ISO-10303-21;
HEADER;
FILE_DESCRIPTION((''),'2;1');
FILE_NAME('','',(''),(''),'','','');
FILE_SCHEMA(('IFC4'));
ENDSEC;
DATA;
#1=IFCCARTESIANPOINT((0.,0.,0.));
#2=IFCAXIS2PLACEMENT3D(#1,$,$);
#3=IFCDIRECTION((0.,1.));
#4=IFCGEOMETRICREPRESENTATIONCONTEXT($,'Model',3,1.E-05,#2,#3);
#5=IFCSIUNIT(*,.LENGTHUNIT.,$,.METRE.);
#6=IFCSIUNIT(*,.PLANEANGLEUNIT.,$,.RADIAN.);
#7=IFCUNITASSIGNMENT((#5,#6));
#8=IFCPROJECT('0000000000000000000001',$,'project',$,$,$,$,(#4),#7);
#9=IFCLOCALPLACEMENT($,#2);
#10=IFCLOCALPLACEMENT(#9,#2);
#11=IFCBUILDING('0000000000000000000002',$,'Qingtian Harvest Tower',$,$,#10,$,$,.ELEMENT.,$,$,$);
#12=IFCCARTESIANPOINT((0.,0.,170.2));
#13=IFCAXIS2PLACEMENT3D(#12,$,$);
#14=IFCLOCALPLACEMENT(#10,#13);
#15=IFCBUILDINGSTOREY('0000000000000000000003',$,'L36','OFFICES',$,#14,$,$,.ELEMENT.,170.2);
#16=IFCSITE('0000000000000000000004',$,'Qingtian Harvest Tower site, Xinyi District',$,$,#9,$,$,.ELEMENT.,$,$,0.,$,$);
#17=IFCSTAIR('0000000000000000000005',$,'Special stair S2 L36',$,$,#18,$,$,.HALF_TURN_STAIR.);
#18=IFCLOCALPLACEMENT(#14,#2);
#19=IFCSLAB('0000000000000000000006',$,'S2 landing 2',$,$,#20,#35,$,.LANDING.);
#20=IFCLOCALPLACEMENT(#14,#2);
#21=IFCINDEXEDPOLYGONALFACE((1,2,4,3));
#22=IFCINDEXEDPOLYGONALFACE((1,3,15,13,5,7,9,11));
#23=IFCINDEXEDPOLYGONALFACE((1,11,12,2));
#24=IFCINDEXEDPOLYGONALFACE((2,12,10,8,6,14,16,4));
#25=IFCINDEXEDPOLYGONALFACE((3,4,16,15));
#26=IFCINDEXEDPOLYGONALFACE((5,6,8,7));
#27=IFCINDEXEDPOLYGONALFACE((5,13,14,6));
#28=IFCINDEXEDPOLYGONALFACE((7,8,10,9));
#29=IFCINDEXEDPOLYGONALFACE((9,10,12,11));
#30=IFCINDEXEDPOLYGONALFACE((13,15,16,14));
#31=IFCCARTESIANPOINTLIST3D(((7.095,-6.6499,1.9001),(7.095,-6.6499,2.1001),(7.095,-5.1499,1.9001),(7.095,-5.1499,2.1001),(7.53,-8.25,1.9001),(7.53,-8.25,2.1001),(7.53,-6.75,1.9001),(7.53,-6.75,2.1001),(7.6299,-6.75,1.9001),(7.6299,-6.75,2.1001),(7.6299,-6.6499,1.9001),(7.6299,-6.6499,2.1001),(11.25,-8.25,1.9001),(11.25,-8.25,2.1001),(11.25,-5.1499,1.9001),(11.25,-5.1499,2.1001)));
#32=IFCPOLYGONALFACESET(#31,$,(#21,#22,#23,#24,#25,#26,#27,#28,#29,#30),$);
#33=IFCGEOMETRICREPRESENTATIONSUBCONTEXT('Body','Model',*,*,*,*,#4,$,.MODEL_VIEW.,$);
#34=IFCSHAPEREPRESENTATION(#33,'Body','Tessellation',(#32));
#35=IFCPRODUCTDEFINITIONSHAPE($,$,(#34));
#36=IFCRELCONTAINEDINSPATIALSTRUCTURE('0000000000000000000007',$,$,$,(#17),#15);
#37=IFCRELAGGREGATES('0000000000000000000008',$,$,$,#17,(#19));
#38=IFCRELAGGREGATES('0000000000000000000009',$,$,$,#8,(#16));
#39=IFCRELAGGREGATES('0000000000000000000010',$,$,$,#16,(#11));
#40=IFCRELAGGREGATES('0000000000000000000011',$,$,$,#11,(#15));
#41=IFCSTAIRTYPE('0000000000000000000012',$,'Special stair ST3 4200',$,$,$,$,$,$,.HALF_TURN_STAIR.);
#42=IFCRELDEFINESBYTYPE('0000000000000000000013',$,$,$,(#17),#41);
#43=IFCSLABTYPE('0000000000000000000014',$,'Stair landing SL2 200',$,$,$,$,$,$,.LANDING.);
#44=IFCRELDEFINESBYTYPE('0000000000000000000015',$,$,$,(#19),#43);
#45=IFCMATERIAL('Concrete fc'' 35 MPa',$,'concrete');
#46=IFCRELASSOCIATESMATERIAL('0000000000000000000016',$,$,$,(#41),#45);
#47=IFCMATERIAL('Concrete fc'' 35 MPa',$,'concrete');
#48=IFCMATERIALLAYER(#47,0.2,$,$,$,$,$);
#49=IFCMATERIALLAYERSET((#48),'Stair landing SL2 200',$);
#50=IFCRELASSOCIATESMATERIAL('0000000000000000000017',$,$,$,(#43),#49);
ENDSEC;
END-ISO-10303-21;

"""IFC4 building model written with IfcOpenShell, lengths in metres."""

from ifc_helpers import new_model, si_unit, direction, frame, origin, place, context, subcontext, project, spatial, polyline, outline, extrude, material, layer, layer_set, type_object, element, aggregate, save


model = new_model("IFC4")

# Units and contexts
model_context = context("Model", 3, precision=1e-05, world=origin(), true_north=direction((0.0, 1.0)))
body_context = subcontext(model_context, "Body", "Model", "MODEL_VIEW")
ifc_project = project(units=[si_unit("LENGTHUNIT", "METRE"), si_unit("PLANEANGLEUNIT", "RADIAN")], contexts=[model_context])

# Site, building, storey
site_placement = place(None, origin())
site = spatial("IfcSite", under=ifc_project, at=site_placement, Name="Qingtian Harvest Tower site, Xinyi District", CompositionType="ELEMENT", RefElevation=0.0)
building_placement = place(site_placement, origin())
building = spatial("IfcBuilding", under=site, at=building_placement, Name="Qingtian Harvest Tower", CompositionType="ELEMENT")
storey_placement = place(building_placement, frame((0.0, 0.0, 170.2)))
storey = spatial("IfcBuildingStorey", under=building, at=storey_placement, Name="L36", Description="OFFICES", CompositionType="ELEMENT", Elevation=170.2)

# Shared definitions
ifc_material_1 = material(Name="Concrete fc' 35 MPa", Category="concrete")
stair_type = type_object("IfcStairType", Name="Special stair ST3 4200", PredefinedType="HALF_TURN_STAIR", material=ifc_material_1)
ifc_material_2 = material(Name="Concrete fc' 35 MPa", Category="concrete")
ifc_layer_1 = layer(ifc_material_2, 0.2)
ifc_layer_set_1 = layer_set([ifc_layer_1], Name="Stair landing SL2 200")
slab_type_1 = type_object("IfcSlabType", Name="Stair landing SL2 200", PredefinedType="LANDING", material=ifc_layer_set_1)

# Stair, slab
stair_1_placement = place(storey_placement, origin())
stair_1 = element("IfcStair", 1, at=stair_1_placement, inside=storey, type_object=stair_type, Name="Special stair S2 L36", PredefinedType="HALF_TURN_STAIR")
slab_1_placement = place(storey_placement, frame((0.0, 0.0, 1.9001)))
slab_1 = element("IfcSlab", 2, at=slab_1_placement, type_object=slab_type_1, Name="S2 landing 2", PredefinedType="LANDING", context=body_context, shape_type="SweptSolid", body=[
    extrude(outline(polyline([(7.53, -8.25), (7.53, -6.75), (7.6299, -6.75), (7.6299, -6.6499), (7.095, -6.6499), (7.095, -5.1499), (11.25, -5.1499), (11.25, -8.25), (7.53, -8.25)])), origin(), (0.0, 0.0, 1.0), 0.2),
])
aggregate(stair_1, [slab_1])

save(model, "model.ifc")
